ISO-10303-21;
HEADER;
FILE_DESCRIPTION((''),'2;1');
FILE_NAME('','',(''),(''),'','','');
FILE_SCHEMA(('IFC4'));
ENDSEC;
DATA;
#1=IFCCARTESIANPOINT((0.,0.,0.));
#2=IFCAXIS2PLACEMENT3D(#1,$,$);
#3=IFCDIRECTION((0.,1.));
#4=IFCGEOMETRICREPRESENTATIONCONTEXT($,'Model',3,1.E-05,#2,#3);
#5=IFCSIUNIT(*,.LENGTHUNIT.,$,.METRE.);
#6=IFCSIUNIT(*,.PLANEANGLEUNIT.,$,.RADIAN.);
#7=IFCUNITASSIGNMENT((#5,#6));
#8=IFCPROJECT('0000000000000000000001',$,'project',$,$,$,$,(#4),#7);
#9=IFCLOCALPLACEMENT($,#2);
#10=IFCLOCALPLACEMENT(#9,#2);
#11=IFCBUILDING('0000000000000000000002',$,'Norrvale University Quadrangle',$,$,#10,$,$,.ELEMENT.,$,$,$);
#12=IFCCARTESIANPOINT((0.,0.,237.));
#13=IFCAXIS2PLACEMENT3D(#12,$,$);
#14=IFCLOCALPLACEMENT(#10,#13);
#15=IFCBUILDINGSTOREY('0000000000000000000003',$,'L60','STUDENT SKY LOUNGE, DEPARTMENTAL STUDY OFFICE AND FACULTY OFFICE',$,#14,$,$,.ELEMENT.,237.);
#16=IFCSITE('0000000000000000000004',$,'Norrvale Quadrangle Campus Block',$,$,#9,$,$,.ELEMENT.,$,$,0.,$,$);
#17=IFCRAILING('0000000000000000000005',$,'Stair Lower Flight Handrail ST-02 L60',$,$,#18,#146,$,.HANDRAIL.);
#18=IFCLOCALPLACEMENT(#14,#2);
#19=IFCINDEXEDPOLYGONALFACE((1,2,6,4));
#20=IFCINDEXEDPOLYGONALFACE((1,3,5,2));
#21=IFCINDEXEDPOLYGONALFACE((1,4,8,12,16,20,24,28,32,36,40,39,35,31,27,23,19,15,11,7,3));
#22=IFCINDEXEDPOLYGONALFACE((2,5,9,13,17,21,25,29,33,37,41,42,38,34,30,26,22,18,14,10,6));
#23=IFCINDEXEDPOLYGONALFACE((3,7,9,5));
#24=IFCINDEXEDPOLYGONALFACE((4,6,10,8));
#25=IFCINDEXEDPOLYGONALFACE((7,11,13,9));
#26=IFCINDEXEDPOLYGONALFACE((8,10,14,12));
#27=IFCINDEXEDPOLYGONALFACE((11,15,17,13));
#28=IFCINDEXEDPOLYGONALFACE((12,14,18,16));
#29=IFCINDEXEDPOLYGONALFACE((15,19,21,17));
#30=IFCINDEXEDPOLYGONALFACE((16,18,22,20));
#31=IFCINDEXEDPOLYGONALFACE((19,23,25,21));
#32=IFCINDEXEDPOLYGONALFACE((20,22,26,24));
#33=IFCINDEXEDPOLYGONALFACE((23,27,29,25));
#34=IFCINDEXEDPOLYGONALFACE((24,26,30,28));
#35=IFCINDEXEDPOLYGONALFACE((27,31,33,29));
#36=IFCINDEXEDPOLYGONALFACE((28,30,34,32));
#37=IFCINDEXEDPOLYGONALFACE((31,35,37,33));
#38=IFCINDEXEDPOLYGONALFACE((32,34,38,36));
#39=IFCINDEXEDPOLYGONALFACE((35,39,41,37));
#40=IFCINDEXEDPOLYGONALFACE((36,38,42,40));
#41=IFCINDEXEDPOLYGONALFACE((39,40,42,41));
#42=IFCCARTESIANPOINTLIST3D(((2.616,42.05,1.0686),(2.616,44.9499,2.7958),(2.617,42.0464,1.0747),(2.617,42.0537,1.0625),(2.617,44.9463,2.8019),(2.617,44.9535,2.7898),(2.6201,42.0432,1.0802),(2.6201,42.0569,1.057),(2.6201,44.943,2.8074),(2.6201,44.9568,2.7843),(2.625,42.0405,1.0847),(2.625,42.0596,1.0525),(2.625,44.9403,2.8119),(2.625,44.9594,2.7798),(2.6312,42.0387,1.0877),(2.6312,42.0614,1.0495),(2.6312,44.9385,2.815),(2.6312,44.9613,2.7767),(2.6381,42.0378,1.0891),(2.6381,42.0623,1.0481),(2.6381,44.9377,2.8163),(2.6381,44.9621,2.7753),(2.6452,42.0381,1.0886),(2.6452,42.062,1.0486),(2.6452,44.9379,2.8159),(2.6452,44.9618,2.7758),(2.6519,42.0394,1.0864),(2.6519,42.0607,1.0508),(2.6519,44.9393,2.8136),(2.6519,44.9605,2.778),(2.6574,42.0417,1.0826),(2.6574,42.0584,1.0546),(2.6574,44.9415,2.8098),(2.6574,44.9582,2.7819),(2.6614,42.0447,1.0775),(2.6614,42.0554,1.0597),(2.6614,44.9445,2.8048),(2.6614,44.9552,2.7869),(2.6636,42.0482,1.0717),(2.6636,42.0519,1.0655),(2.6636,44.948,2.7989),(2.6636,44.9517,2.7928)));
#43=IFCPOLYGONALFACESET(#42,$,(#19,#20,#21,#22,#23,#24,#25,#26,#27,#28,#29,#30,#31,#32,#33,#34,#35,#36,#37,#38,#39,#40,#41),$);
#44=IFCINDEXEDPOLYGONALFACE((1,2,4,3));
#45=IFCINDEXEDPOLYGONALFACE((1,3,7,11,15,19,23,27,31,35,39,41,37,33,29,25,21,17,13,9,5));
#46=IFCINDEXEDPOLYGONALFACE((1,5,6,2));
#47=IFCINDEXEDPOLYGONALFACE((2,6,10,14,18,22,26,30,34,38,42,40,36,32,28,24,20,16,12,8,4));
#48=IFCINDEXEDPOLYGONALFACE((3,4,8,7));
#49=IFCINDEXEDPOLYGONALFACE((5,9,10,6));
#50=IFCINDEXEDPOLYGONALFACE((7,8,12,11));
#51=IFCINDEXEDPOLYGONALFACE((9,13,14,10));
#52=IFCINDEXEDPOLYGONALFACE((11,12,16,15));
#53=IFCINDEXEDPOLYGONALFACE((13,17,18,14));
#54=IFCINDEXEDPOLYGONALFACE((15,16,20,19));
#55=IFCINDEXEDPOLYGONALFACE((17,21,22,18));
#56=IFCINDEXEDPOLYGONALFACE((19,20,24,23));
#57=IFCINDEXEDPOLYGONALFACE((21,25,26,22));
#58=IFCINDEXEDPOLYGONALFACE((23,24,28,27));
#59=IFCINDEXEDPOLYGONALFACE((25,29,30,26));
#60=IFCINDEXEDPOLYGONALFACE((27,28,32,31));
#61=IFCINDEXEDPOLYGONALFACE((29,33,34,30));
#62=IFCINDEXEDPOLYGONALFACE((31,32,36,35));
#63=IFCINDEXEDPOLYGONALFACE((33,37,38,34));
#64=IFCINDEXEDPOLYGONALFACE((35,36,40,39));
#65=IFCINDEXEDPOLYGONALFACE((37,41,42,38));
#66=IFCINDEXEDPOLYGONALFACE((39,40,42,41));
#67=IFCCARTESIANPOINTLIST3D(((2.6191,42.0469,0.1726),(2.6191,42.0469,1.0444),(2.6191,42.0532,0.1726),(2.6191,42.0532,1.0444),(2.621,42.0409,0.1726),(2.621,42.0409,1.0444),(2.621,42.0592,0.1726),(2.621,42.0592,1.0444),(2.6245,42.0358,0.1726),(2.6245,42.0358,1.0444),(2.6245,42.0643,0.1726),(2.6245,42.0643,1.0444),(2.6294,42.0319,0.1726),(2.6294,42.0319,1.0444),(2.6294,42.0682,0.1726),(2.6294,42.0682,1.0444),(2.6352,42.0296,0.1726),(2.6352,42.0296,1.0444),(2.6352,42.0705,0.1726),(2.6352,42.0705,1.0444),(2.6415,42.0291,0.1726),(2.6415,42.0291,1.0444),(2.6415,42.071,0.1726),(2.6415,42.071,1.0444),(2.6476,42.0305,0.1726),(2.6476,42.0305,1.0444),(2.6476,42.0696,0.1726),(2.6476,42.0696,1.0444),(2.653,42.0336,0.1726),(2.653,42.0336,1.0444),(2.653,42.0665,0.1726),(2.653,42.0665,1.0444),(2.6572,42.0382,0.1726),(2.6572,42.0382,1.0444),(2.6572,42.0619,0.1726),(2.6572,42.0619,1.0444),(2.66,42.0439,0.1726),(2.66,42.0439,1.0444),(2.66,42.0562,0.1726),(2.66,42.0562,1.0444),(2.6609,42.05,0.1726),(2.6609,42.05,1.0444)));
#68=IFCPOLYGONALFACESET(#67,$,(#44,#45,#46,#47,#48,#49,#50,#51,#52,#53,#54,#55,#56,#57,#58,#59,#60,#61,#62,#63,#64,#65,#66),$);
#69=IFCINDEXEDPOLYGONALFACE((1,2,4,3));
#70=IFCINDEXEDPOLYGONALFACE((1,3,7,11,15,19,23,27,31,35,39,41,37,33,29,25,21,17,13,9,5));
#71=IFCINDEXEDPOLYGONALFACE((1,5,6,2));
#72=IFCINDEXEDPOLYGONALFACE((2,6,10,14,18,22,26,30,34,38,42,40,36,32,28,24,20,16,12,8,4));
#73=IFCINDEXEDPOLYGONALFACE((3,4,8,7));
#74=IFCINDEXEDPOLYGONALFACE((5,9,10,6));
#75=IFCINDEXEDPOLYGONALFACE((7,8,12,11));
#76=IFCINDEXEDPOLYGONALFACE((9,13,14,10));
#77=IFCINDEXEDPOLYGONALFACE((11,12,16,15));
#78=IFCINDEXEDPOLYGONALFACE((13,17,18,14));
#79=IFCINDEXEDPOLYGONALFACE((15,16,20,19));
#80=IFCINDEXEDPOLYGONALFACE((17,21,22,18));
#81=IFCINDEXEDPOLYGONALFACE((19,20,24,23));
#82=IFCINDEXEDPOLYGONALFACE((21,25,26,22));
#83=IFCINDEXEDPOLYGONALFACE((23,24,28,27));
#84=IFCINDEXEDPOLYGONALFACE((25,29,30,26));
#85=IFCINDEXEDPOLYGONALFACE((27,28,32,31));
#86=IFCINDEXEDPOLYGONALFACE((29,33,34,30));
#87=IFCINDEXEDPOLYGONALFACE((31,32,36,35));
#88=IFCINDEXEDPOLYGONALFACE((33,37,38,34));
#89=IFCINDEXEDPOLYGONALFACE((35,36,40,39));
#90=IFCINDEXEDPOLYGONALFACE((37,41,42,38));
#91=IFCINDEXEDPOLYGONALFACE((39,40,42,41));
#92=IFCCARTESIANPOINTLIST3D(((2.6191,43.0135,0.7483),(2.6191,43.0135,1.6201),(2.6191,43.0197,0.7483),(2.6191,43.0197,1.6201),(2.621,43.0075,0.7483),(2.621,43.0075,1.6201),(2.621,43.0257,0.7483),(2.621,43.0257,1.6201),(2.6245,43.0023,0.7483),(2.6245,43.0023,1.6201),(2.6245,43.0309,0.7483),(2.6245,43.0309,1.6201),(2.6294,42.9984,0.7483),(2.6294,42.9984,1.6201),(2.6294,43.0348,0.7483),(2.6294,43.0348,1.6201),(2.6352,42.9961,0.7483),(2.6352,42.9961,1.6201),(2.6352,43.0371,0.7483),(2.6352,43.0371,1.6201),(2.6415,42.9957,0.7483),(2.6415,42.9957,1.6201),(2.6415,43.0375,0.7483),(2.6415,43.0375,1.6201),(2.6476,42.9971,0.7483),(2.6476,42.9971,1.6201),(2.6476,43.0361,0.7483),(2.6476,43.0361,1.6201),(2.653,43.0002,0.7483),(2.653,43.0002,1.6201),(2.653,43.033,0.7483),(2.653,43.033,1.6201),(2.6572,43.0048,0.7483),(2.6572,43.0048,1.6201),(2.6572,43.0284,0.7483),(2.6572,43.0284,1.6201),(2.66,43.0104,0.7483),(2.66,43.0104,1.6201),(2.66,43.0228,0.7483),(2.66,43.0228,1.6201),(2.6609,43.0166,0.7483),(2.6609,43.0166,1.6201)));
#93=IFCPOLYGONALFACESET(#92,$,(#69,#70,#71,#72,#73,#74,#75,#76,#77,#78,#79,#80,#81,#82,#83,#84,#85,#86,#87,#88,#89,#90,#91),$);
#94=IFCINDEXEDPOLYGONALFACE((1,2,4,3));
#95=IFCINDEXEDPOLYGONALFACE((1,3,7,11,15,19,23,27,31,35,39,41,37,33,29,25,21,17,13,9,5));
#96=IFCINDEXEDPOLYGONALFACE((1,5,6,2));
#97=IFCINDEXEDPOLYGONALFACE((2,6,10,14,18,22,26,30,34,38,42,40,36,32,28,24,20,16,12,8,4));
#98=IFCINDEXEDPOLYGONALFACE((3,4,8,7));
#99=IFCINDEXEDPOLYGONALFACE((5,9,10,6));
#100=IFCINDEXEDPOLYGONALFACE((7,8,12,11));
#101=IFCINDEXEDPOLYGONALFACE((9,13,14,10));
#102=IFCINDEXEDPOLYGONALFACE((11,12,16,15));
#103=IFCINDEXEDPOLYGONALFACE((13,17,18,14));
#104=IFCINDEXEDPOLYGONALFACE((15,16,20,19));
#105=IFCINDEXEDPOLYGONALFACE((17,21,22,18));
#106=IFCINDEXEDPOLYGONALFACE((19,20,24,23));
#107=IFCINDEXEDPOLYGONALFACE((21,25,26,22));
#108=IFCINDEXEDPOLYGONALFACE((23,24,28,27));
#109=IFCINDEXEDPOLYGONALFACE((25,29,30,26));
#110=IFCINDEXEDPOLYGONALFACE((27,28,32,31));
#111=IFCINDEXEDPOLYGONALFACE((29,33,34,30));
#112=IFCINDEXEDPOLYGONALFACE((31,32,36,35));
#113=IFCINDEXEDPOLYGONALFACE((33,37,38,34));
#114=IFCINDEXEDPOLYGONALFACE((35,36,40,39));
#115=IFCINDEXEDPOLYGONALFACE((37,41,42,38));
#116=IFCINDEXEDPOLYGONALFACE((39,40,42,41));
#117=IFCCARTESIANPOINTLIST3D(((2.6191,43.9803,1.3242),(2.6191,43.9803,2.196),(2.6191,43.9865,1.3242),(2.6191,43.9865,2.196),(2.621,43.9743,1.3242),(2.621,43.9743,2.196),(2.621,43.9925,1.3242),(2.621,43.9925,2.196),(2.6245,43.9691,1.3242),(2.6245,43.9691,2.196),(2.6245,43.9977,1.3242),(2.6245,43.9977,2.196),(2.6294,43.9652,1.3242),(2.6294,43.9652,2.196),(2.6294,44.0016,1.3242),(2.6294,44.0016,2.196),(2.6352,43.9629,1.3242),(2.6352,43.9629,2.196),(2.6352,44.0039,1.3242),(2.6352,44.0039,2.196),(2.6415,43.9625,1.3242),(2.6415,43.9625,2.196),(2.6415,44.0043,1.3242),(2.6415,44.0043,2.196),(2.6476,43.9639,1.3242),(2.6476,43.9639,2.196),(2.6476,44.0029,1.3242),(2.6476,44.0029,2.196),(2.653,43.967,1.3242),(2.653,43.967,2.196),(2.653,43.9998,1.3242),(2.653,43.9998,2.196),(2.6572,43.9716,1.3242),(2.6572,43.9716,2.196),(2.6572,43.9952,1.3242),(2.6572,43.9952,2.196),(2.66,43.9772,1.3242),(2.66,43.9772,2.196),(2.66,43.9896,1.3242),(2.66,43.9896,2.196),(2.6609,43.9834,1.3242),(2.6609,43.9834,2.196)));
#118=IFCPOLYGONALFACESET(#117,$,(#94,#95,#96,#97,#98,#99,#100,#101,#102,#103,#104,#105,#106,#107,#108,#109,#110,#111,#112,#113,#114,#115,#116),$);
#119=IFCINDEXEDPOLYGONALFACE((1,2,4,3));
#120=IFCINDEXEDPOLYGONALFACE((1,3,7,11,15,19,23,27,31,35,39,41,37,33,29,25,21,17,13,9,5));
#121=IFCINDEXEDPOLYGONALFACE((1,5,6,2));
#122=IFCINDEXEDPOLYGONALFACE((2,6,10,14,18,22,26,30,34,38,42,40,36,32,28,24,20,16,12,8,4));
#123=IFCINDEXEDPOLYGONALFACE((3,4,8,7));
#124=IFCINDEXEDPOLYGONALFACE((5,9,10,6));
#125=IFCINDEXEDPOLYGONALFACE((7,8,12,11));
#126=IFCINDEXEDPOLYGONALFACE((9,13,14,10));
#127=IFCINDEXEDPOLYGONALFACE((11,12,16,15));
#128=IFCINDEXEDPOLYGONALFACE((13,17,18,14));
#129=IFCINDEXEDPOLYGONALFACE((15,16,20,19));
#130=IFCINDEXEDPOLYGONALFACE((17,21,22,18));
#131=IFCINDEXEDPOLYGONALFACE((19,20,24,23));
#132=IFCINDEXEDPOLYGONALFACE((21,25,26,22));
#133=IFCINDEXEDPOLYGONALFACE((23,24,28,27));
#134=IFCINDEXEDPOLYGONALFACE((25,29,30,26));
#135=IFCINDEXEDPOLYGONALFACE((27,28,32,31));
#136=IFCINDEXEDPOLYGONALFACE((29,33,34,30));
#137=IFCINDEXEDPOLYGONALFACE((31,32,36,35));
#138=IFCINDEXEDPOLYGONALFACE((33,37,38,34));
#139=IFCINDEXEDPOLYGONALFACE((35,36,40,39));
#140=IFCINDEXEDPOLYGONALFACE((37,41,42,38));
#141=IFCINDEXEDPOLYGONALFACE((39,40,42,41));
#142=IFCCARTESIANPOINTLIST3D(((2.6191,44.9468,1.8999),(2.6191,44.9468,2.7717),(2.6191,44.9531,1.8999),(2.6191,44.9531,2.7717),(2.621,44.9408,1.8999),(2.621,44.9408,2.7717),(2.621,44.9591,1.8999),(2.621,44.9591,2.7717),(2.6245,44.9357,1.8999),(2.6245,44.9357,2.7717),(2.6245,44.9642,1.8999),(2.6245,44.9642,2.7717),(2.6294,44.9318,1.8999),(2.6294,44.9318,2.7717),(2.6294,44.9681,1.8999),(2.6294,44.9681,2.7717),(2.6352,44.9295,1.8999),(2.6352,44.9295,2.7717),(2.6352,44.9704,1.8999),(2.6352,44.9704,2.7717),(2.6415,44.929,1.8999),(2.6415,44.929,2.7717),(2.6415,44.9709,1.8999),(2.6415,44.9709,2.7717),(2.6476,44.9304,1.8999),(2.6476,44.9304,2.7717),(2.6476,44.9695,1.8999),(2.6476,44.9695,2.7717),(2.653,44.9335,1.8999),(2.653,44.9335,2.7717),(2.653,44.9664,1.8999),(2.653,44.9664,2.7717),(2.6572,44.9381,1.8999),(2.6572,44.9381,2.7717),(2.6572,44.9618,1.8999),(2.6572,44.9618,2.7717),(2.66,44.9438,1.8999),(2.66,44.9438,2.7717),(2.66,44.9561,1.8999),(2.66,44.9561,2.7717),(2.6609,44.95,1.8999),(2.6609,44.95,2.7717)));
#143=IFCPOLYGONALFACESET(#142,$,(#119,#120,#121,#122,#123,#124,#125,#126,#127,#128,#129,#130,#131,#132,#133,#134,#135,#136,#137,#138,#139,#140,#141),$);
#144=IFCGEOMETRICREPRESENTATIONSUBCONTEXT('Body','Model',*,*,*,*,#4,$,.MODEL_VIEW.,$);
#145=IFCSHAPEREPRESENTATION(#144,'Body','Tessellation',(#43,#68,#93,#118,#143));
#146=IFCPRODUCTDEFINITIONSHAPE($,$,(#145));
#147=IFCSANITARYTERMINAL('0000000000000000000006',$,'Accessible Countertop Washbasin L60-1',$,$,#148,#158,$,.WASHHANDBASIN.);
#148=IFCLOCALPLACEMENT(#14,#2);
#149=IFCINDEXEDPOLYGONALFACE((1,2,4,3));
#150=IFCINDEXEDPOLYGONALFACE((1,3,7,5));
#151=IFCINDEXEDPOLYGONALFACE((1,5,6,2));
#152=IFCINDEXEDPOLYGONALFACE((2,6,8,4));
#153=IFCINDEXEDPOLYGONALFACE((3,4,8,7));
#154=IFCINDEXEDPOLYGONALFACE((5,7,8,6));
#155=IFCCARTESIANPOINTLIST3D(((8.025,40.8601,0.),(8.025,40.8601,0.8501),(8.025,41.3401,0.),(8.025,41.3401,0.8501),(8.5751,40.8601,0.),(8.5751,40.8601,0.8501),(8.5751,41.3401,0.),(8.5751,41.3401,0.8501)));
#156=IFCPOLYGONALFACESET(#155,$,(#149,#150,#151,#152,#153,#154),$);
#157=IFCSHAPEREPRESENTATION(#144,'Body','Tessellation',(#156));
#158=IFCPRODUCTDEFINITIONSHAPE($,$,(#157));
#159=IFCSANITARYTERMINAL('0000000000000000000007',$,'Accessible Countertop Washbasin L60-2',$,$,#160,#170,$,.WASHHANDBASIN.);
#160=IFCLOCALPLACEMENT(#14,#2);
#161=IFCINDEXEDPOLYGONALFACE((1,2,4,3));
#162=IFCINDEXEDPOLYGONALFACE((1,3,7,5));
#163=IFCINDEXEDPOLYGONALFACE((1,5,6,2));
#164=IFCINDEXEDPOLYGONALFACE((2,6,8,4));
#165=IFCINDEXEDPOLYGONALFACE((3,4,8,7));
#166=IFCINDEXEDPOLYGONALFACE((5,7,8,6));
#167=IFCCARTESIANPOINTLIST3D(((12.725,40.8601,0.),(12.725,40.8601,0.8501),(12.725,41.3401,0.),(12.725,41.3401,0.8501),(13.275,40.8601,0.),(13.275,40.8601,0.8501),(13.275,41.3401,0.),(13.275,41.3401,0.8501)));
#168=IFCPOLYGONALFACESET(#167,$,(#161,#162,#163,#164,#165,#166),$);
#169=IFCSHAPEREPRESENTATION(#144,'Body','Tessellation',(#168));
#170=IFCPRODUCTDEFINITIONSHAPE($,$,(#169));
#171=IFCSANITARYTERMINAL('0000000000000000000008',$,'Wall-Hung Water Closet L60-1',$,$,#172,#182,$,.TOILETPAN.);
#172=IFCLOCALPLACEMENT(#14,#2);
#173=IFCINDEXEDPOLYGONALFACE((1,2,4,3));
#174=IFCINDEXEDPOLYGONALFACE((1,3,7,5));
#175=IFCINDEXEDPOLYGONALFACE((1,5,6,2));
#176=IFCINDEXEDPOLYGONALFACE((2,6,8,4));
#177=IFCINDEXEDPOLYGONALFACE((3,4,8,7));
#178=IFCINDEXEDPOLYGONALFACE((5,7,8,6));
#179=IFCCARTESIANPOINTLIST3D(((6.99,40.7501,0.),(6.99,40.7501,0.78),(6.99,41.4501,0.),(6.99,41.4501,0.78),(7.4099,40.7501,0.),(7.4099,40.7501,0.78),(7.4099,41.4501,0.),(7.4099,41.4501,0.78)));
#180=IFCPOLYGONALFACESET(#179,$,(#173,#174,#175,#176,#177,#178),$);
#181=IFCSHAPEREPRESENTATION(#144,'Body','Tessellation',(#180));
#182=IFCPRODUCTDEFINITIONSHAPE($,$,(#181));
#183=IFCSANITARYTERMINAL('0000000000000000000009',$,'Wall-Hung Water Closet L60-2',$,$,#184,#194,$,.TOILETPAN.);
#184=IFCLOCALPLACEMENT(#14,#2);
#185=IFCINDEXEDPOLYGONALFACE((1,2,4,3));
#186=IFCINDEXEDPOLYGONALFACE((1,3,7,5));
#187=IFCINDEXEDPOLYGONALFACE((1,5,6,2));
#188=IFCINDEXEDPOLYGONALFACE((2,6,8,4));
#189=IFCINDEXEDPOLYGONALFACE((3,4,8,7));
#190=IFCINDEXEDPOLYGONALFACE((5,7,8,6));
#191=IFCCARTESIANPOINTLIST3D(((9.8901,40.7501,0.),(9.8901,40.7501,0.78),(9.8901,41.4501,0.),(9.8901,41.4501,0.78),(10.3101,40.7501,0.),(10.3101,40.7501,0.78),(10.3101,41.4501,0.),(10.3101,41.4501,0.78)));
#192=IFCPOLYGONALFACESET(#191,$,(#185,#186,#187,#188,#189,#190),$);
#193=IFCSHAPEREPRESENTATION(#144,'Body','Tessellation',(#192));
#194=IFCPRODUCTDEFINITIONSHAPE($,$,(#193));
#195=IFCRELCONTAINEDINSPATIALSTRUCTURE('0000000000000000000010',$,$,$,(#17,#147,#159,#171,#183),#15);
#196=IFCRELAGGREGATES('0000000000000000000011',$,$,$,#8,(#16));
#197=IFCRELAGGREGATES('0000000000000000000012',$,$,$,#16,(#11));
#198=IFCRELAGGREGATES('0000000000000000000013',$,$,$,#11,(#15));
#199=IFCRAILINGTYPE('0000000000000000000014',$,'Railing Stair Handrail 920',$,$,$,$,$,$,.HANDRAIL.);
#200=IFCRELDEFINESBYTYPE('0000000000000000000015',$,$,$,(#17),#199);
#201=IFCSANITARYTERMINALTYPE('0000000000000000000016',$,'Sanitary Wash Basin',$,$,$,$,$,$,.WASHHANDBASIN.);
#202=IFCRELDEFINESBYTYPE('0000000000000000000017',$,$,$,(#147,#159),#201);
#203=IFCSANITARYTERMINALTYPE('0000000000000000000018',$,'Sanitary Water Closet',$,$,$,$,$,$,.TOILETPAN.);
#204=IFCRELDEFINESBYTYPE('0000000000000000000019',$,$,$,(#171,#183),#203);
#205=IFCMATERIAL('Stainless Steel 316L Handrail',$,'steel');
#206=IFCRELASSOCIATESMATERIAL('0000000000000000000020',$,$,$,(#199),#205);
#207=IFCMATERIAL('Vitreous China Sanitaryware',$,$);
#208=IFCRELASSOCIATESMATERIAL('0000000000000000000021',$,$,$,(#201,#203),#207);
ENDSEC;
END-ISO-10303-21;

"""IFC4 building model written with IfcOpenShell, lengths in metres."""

from ifc_helpers import new_model, si_unit, direction, frame, origin, origin_2d, place, context, subcontext, project, spatial, rectangle, circle, extrude, material, type_object, element, save


model = new_model("IFC4")

# Units and contexts
model_context = context("Model", 3, precision=1e-05, world=origin(), true_north=direction((0.0, 1.0)))
body_context = subcontext(model_context, "Body", "Model", "MODEL_VIEW")
ifc_project = project(units=[si_unit("LENGTHUNIT", "METRE"), si_unit("PLANEANGLEUNIT", "RADIAN")], contexts=[model_context])

# Site, building, storey
site_placement = place(None, origin())
site = spatial("IfcSite", under=ifc_project, at=site_placement, Name="Norrvale Quadrangle Campus Block", CompositionType="ELEMENT", RefElevation=0.0)
building_placement = place(site_placement, origin())
building = spatial("IfcBuilding", under=site, at=building_placement, Name="Norrvale University Quadrangle", CompositionType="ELEMENT")
storey_placement = place(building_placement, frame((0.0, 0.0, 237.0)))
storey = spatial("IfcBuildingStorey", under=building, at=storey_placement, Name="L60", Description="STUDENT SKY LOUNGE, DEPARTMENTAL STUDY OFFICE AND FACULTY OFFICE", CompositionType="ELEMENT", Elevation=237.0)

# Railing
ifc_material_1 = material(Name="Stainless Steel 316L Handrail", Category="steel")
railing_type_1 = type_object("IfcRailingType", Name="Railing Stair Handrail 920", PredefinedType="HANDRAIL", material=ifc_material_1)
railing_1_placement = place(storey_placement, frame((2.6399, 42.05, 0.1726)))
element("IfcRailing", 1, at=railing_1_placement, inside=storey, type_object=railing_type_1, Name="Stair Lower Flight Handrail ST-02 L60", PredefinedType="HANDRAIL", context=body_context, shape_type="SweptSolid", body=[
    extrude(circle(Radius=0.0239, at=origin_2d()), frame((0.0, 0.0, 0.896), z_axis=(0.0, 0.859141, 0.511738), x_axis=(-1.0, 0.0, 0.0)), (0.0, 0.0, 1.0), 3.3752),
    extrude(circle(Radius=0.021, at=origin_2d()), origin(), (0.0, 0.0, 1.0), 0.8718),
    extrude(circle(Radius=0.021, at=origin_2d()), frame((0.0, 0.9666, 0.5757)), (0.0, 0.0, 1.0), 0.8718),
    extrude(circle(Radius=0.021, at=origin_2d()), frame((0.0, 1.9333, 1.1516)), (0.0, 0.0, 1.0), 0.8718),
    extrude(circle(Radius=0.021, at=origin_2d()), frame((0.0, 2.8999, 1.7273)), (0.0, 0.0, 1.0), 0.8718),
])

# Sanitary terminals
ifc_material_2 = material(Name="Vitreous China Sanitaryware")
sanitary_terminal_type_1 = type_object("IfcSanitaryTerminalType", Name="Sanitary Wash Basin", PredefinedType="WASHHANDBASIN", material=ifc_material_2)
for number, where, z_axis, x_axis, name in (
    (2, (8.3, 41.1001, 0.0), (0.0, 0.0, 1.0), (1.0, 0.0, 0.0), "Accessible Countertop Washbasin L60-1"),
    (3, (13.0, 41.1001, 0.0), (0.0, 0.0, 1.0), (1.0, 0.0, 0.0), "Accessible Countertop Washbasin L60-2"),
):
    element("IfcSanitaryTerminal", number, at=place(storey_placement, frame(where, z_axis=z_axis, x_axis=x_axis)), inside=storey, type_object=sanitary_terminal_type_1, Name=name, PredefinedType="WASHHANDBASIN", context=body_context, shape_type="SweptSolid", body=[
        extrude(rectangle(XDim=0.55, YDim=0.48, at=origin_2d()), origin(), (0.0, 0.0, 1.0), 0.8501),
    ])
sanitary_terminal_type_2 = type_object("IfcSanitaryTerminalType", Name="Sanitary Water Closet", PredefinedType="TOILETPAN", material=ifc_material_2)
for number, where, z_axis, x_axis, name in (
    (4, (7.2, 41.1001, 0.0), (0.0, 0.0, 1.0), (1.0, 0.0, 0.0), "Wall-Hung Water Closet L60-1"),
    (5, (10.1001, 41.1001, 0.0), (0.0, 0.0, 1.0), (1.0, 0.0, 0.0), "Wall-Hung Water Closet L60-2"),
):
    element("IfcSanitaryTerminal", number, at=place(storey_placement, frame(where, z_axis=z_axis, x_axis=x_axis)), inside=storey, type_object=sanitary_terminal_type_2, Name=name, PredefinedType="TOILETPAN", context=body_context, shape_type="SweptSolid", body=[
        extrude(rectangle(XDim=0.4199, YDim=0.7, at=origin_2d()), origin(), (0.0, 0.0, 1.0), 0.78),
    ])

save(model, "model.ifc")
